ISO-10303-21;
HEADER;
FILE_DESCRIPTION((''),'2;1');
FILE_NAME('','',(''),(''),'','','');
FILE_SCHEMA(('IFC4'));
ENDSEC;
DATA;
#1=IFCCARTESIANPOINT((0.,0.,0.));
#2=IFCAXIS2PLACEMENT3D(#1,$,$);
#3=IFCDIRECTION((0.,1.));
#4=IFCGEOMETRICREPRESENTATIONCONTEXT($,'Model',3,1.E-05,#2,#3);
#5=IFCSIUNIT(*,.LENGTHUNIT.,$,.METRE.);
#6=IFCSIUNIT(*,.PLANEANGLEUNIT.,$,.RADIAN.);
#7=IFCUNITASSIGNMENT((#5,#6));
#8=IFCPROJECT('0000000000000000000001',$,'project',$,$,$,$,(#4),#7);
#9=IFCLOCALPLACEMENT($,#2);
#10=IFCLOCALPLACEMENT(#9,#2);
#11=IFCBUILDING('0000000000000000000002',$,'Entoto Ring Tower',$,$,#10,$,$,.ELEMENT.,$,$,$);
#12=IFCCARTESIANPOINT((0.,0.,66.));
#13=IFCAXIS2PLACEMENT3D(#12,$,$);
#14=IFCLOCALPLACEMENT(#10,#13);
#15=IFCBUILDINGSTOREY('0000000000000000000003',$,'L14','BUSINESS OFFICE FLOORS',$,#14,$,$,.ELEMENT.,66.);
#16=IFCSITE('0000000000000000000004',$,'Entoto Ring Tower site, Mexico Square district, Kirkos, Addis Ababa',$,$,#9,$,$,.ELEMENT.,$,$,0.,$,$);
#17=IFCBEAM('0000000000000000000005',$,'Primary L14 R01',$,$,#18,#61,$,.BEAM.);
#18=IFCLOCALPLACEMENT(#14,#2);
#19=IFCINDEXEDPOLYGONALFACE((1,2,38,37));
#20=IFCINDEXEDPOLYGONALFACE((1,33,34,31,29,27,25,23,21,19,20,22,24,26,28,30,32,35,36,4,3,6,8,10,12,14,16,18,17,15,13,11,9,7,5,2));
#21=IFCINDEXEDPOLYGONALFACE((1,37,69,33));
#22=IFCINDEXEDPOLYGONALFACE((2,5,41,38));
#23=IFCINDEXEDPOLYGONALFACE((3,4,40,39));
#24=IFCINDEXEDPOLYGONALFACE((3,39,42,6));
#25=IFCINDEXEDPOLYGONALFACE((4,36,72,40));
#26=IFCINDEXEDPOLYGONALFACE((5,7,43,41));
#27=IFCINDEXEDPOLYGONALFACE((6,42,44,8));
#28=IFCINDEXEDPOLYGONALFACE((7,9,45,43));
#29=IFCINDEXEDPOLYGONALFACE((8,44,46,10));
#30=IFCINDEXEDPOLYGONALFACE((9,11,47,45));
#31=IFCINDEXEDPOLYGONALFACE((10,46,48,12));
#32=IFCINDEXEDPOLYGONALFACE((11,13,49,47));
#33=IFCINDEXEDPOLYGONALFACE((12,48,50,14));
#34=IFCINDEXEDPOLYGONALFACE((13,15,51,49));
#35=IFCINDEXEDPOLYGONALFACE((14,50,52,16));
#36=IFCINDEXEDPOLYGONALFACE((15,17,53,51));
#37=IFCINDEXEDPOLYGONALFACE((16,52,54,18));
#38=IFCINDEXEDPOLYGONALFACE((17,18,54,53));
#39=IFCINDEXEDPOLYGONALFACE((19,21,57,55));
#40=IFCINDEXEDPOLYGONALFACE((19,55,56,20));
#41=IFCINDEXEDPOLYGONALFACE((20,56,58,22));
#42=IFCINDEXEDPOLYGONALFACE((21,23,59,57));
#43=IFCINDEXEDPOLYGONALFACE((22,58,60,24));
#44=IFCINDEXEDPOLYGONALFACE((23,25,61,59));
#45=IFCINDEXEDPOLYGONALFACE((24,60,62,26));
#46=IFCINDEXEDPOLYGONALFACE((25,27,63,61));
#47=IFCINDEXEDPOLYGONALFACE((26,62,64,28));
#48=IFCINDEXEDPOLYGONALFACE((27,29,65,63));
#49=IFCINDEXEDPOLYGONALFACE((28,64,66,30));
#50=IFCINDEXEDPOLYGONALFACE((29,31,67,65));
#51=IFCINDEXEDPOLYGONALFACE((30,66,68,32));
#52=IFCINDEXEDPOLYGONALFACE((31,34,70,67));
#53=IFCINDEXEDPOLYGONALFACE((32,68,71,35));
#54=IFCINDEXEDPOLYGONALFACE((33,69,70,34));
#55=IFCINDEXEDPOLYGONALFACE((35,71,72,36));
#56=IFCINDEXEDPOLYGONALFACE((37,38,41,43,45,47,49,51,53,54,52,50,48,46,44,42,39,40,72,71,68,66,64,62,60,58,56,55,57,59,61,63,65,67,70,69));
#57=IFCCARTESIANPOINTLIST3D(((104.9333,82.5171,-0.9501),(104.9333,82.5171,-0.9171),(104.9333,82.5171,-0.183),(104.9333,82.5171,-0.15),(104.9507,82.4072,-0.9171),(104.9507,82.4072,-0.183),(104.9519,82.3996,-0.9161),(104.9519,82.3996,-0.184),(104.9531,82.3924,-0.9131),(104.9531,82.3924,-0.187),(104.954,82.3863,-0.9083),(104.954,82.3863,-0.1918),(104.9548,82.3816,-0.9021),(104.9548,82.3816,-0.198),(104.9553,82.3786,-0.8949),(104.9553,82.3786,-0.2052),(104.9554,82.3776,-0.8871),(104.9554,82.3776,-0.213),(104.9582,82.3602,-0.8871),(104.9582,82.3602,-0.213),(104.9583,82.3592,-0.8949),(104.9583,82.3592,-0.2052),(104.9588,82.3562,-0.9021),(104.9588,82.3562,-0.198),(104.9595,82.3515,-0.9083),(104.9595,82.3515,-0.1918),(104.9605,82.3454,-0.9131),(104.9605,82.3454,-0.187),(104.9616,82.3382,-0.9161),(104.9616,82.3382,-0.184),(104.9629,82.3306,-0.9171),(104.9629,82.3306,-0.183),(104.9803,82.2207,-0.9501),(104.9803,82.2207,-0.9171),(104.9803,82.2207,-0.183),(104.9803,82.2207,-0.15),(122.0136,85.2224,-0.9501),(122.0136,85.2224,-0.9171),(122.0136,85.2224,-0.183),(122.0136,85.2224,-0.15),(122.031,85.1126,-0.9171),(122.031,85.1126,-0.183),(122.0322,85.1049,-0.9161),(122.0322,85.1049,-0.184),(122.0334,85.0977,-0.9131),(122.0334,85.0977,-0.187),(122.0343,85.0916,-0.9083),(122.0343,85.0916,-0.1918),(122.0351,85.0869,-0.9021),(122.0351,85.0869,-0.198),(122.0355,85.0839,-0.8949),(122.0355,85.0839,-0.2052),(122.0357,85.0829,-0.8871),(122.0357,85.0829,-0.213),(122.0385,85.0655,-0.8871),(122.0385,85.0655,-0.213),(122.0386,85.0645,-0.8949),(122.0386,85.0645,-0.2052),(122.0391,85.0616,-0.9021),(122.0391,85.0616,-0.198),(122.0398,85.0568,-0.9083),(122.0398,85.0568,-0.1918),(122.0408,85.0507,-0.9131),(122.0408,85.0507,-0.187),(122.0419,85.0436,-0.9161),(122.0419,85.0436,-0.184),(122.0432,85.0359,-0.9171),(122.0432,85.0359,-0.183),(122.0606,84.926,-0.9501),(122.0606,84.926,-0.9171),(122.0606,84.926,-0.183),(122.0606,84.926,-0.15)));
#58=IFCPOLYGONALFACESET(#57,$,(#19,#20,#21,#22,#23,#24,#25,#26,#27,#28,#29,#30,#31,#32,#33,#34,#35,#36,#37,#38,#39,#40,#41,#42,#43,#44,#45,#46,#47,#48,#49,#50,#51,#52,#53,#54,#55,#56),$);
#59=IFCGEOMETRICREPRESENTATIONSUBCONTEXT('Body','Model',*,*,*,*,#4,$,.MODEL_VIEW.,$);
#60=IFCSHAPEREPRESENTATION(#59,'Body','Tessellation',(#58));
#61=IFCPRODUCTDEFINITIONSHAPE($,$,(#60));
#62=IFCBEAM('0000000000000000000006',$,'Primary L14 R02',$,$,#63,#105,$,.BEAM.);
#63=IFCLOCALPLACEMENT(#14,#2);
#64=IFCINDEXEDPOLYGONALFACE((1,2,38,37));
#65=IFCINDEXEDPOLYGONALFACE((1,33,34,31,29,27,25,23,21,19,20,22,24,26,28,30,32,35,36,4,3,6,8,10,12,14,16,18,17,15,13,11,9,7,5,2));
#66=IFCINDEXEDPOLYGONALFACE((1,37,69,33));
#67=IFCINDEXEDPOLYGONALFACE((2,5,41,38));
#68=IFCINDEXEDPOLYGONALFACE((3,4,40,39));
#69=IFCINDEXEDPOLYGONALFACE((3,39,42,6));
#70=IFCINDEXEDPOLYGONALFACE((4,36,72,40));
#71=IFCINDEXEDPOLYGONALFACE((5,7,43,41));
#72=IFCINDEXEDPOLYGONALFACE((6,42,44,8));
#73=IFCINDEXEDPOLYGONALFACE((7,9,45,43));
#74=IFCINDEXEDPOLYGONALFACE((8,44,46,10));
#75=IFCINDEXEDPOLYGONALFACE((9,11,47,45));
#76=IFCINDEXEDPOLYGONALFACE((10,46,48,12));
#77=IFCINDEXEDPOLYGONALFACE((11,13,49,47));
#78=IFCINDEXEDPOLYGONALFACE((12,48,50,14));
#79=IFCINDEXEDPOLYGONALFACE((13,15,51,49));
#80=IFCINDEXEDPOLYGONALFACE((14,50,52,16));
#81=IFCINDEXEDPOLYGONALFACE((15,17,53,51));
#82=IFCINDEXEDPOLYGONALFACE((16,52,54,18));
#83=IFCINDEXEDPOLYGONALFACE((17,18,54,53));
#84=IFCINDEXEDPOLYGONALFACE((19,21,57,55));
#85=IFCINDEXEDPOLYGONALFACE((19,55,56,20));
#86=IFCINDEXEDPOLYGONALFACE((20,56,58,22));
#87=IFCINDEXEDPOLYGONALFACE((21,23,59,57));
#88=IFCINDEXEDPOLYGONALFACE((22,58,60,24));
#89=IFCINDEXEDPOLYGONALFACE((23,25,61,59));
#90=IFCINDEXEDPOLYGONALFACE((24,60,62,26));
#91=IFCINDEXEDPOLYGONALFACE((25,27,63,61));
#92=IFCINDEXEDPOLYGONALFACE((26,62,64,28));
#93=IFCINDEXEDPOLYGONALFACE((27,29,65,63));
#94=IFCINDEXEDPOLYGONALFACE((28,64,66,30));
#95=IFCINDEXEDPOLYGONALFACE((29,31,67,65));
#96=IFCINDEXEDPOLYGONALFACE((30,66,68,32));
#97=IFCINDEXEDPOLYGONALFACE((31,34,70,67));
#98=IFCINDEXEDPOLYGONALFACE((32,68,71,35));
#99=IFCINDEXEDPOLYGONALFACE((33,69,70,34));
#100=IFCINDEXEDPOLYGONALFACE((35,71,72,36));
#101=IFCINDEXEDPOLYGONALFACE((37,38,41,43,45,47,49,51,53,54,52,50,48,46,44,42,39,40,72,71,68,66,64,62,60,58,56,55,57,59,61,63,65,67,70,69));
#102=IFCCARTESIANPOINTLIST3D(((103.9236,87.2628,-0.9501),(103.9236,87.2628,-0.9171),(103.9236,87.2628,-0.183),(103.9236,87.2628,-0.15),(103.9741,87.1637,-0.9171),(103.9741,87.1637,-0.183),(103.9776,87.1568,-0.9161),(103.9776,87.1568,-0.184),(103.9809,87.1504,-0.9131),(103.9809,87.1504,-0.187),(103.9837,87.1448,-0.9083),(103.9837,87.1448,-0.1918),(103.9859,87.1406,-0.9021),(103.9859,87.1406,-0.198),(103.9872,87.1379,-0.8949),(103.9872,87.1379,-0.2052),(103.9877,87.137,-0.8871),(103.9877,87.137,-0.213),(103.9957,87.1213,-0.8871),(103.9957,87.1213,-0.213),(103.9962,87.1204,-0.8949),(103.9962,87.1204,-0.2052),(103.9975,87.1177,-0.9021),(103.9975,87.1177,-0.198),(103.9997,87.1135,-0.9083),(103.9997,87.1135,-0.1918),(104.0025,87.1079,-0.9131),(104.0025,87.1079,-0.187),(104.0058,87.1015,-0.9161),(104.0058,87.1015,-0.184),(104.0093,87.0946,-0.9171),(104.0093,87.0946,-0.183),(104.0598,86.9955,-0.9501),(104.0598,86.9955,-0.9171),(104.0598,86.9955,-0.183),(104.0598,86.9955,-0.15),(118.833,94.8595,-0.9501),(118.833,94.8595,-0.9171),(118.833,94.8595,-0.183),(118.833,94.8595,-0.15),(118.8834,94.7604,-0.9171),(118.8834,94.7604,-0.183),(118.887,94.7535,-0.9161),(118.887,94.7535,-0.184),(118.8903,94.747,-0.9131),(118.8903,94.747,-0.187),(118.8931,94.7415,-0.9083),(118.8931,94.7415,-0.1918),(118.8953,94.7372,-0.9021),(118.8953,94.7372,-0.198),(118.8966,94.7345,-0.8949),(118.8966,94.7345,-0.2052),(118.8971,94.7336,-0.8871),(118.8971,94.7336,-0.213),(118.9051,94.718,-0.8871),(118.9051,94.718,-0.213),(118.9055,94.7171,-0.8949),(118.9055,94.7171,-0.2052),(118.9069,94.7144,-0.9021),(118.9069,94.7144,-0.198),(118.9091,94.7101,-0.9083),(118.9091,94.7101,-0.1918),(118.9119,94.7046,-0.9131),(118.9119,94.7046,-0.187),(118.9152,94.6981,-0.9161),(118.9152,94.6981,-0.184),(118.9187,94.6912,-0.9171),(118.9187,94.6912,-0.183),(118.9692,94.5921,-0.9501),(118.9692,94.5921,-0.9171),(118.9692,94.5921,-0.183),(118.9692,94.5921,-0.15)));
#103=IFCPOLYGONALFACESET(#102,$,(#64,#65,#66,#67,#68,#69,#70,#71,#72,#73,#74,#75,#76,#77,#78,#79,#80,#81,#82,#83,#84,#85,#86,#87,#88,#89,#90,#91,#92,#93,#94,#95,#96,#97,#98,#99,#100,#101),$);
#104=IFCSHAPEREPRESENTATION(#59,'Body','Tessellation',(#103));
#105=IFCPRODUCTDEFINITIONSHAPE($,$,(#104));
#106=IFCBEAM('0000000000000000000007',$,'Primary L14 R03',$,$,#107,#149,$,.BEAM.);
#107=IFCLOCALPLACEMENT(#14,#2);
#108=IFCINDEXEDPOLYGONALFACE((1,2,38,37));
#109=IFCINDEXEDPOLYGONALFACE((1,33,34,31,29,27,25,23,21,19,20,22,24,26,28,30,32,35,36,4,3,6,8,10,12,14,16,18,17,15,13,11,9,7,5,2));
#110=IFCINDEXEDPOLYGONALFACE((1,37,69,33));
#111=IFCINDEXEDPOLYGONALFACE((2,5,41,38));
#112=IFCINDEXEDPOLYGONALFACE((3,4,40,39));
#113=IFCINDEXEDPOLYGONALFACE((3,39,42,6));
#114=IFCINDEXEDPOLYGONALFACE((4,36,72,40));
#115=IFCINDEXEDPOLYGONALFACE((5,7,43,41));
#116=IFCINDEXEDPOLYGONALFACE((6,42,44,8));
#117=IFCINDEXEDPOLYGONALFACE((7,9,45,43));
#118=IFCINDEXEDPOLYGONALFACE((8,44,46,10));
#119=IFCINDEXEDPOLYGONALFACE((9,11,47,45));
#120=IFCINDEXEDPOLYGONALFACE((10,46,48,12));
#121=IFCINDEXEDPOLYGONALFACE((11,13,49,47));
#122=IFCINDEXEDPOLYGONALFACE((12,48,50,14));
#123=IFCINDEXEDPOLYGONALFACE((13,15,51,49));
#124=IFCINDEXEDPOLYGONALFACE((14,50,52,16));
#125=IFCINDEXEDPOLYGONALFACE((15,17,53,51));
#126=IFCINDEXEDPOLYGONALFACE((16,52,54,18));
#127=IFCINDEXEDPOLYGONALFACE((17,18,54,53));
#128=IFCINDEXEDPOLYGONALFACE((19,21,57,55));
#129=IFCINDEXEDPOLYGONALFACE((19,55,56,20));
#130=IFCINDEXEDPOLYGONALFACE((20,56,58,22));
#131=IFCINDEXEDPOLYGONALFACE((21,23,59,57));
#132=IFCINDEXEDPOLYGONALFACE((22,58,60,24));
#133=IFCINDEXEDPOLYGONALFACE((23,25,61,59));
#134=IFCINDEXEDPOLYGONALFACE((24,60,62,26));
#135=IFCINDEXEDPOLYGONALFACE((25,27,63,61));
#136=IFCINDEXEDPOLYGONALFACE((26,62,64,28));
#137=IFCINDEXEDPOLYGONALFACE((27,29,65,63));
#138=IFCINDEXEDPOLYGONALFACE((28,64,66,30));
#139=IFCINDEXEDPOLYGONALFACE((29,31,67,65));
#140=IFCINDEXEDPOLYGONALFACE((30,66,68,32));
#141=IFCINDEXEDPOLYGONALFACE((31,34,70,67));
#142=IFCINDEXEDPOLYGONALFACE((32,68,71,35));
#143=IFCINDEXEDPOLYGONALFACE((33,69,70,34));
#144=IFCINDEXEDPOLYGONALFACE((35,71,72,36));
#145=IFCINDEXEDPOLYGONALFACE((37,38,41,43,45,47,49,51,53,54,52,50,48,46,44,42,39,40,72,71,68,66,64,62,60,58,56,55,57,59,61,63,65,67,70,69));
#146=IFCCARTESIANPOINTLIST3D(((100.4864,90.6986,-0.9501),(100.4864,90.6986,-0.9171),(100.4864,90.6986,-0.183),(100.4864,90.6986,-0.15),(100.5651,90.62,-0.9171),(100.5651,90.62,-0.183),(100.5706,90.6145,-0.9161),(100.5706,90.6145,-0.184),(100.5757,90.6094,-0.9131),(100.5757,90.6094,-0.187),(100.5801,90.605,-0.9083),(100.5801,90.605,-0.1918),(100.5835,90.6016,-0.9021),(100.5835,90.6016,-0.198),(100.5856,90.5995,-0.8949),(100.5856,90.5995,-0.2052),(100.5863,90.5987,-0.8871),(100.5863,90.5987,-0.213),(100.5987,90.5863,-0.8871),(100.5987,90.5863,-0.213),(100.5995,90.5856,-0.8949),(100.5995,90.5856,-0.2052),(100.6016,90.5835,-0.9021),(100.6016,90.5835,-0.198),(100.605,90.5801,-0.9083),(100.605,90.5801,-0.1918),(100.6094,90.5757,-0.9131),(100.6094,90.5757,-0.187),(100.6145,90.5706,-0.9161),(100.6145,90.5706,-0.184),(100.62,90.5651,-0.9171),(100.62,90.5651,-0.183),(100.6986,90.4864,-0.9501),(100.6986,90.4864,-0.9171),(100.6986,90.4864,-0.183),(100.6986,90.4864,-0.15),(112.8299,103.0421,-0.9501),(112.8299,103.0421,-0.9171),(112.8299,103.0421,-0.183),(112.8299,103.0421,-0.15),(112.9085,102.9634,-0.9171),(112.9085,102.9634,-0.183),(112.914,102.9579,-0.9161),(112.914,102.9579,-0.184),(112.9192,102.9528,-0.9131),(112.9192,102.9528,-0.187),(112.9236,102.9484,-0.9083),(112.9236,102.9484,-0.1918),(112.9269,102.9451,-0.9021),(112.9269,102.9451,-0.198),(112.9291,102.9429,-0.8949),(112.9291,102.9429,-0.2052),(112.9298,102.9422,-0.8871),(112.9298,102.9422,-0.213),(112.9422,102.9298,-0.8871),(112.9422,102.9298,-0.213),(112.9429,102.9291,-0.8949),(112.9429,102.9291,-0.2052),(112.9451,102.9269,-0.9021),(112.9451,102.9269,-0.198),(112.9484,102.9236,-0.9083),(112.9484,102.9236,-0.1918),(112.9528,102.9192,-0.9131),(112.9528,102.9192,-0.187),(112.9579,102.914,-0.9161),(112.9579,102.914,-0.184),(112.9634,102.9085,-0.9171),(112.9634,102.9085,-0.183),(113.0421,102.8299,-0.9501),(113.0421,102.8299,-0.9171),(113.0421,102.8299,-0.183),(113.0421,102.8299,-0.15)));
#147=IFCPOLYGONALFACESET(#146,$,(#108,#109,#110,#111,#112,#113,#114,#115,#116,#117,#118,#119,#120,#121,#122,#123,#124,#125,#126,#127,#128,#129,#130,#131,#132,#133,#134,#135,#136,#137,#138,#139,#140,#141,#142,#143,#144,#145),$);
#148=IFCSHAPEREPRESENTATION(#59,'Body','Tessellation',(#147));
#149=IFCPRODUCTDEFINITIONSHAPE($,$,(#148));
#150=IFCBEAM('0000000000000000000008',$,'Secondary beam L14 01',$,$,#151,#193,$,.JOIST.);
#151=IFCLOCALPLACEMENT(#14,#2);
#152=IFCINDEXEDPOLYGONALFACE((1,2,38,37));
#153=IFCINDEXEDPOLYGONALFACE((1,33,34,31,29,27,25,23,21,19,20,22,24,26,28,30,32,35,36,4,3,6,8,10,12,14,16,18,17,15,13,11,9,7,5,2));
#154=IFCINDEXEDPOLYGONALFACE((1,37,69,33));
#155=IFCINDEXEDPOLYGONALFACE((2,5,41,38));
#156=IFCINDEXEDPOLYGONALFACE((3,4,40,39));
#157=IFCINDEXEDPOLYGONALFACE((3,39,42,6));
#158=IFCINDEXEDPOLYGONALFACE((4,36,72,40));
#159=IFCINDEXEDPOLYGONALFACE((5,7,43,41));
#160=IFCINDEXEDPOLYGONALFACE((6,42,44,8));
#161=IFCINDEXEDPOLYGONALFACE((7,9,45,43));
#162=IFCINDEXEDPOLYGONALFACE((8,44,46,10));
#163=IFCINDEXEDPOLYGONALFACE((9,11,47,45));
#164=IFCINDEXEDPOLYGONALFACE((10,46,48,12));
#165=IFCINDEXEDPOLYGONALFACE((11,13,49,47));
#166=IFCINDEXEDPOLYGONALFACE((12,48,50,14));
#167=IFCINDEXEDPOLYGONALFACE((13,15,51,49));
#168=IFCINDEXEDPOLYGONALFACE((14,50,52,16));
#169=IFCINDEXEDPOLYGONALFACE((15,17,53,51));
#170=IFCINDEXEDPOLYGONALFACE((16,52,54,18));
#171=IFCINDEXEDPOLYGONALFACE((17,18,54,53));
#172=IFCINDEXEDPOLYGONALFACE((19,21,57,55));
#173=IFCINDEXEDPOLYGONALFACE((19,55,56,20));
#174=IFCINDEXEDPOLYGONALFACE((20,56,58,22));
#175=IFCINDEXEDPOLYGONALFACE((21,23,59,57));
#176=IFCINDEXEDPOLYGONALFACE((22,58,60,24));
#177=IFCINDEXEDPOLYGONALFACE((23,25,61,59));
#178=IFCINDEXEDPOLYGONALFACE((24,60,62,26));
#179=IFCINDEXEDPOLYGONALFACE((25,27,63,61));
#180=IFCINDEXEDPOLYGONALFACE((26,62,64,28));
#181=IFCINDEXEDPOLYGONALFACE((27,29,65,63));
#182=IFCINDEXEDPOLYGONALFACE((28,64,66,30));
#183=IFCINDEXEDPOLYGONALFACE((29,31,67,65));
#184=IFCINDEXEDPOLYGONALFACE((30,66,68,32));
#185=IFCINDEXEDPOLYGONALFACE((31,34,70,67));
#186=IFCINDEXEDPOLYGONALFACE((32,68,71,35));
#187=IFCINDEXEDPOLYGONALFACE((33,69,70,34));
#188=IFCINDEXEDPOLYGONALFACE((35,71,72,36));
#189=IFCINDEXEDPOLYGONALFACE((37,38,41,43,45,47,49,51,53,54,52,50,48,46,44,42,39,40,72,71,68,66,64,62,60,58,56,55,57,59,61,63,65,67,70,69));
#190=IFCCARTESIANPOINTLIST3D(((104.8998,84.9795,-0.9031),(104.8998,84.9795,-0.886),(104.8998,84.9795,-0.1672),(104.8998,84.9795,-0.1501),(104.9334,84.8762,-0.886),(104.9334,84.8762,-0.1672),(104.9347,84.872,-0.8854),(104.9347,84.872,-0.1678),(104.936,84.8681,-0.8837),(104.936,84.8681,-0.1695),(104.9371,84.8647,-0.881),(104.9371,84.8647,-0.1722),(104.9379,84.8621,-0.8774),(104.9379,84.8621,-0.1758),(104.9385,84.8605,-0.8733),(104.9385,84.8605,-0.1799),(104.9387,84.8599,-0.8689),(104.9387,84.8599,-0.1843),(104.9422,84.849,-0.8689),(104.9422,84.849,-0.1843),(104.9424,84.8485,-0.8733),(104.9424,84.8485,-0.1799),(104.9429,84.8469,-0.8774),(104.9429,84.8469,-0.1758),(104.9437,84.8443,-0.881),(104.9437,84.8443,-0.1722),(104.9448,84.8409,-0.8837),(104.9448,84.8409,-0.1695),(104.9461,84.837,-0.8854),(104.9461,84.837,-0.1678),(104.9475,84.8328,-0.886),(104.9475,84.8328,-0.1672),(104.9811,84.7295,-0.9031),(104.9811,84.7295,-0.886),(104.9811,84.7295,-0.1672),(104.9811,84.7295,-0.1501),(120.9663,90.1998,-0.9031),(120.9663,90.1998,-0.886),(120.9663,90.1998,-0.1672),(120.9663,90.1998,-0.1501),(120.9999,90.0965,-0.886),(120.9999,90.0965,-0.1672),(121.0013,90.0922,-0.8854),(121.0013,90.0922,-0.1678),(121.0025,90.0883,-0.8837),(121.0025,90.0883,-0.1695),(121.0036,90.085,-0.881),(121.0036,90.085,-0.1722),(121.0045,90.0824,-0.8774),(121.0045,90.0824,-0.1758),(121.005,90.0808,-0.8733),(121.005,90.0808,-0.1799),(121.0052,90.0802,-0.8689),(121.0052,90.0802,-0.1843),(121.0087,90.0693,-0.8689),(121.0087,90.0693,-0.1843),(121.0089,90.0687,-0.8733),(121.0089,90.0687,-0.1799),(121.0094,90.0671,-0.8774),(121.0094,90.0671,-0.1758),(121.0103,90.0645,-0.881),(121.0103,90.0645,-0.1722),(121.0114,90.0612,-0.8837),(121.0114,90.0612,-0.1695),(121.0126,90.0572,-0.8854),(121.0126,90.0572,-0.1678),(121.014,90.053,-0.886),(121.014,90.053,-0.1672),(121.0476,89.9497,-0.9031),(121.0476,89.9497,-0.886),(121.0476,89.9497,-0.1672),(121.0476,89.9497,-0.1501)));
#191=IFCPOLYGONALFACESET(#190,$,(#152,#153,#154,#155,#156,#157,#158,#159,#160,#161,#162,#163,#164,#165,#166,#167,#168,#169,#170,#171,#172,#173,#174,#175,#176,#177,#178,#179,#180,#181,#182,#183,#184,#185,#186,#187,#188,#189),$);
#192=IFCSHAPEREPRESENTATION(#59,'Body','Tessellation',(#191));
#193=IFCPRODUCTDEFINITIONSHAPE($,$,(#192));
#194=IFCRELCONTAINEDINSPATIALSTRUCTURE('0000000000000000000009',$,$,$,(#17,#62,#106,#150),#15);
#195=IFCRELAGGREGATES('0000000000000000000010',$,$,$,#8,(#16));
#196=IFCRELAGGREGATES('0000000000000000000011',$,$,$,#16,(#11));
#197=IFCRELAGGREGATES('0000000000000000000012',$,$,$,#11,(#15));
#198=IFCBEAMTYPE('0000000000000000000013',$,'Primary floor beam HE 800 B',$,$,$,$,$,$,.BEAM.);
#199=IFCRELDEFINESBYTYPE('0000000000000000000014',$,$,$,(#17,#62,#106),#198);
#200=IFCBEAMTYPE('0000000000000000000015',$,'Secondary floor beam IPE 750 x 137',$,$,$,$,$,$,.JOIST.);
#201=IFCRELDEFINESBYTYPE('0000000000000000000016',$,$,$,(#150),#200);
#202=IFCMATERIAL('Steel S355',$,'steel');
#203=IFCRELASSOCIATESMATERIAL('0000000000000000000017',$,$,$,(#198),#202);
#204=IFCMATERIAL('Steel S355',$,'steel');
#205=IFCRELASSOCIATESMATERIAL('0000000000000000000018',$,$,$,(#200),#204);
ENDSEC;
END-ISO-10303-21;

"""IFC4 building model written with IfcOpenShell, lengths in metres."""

from ifc_helpers import new_model, si_unit, direction, frame, origin, origin_2d, place, context, subcontext, project, spatial, i_section, extrude, material, material_profile, profile_set, type_object, element, save


model = new_model("IFC4")

# Units and contexts
model_context = context("Model", 3, precision=1e-05, world=origin(), true_north=direction((0.0, 1.0)))
body_context = subcontext(model_context, "Body", "Model", "MODEL_VIEW")
ifc_project = project(units=[si_unit("LENGTHUNIT", "METRE"), si_unit("PLANEANGLEUNIT", "RADIAN")], contexts=[model_context])

# Site, building, storey
site_placement = place(None, origin())
site = spatial("IfcSite", under=ifc_project, at=site_placement, Name="Entoto Ring Tower site, Mexico Square district, Kirkos, Addis Ababa", CompositionType="ELEMENT", RefElevation=0.0)
building_placement = place(site_placement, origin())
building = spatial("IfcBuilding", under=site, at=building_placement, Name="Entoto Ring Tower", CompositionType="ELEMENT")
storey_placement = place(building_placement, frame((0.0, 0.0, 66.0)))
storey = spatial("IfcBuildingStorey", under=building, at=storey_placement, Name="L14", Description="BUSINESS OFFICE FLOORS", CompositionType="ELEMENT", Elevation=66.0)

# Beams
ifc_material_1 = material(Name="Steel S355", Category="steel")
ifc_material_profile_1 = material_profile(ifc_material_1, i_section(OverallWidth=0.3, OverallDepth=0.8, WebThickness=0.0176, FlangeThickness=0.033, FilletRadius=0.03, at=origin_2d()), Name="HE 800 B")
ifc_profile_set_1 = profile_set([ifc_material_profile_1], Name="Steel S355")
beam_type_1 = type_object("IfcBeamType", Name="Primary floor beam HE 800 B", PredefinedType="BEAM", material=ifc_profile_set_1)
beam_1_placement = place(storey_placement, frame((104.9568, 82.3689, -0.55), z_axis=(0.987688, 0.156438, 0.0), x_axis=(-0.156438, 0.987688, 0.0)))
element("IfcBeam", 1, at=beam_1_placement, inside=storey, type_object=beam_type_1, Name="Primary L14 R01", PredefinedType="BEAM", context=body_context, shape_type="SweptSolid", body=[
    extrude(i_section(OverallWidth=0.3, OverallDepth=0.8, WebThickness=0.0176, FlangeThickness=0.033, FilletRadius=0.03, at=origin_2d()), origin(), (0.0, 0.0, 1.0), 17.2932),
])
beam_2_placement = place(storey_placement, frame((103.9917, 87.1292, -0.55), z_axis=(0.891008, 0.453988, 0.0), x_axis=(-0.453988, 0.891008, 0.0)))
element("IfcBeam", 2, at=beam_2_placement, inside=storey, type_object=beam_type_1, Name="Primary L14 R02", PredefinedType="BEAM", context=body_context, shape_type="SweptSolid", body=[
    extrude(i_section(OverallWidth=0.3, OverallDepth=0.8, WebThickness=0.0176, FlangeThickness=0.033, FilletRadius=0.03, at=origin_2d()), origin(), (0.0, 0.0, 1.0), 16.7332),
])
beam_3_placement = place(storey_placement, frame((100.5925, 90.5925, -0.55), z_axis=(0.707107, 0.707107, 0.0), x_axis=(-0.707107, 0.707107, 0.0)))
element("IfcBeam", 3, at=beam_3_placement, inside=storey, type_object=beam_type_1, Name="Primary L14 R03", PredefinedType="BEAM", context=body_context, shape_type="SweptSolid", body=[
    extrude(i_section(OverallWidth=0.3, OverallDepth=0.8, WebThickness=0.0176, FlangeThickness=0.033, FilletRadius=0.03, at=origin_2d()), origin(), (0.0, 0.0, 1.0), 17.4563),
])
ifc_material_2 = material(Name="Steel S355", Category="steel")
ifc_material_profile_2 = material_profile(ifc_material_2, i_section(OverallWidth=0.2629, OverallDepth=0.7529, WebThickness=0.0115, FlangeThickness=0.0171, FilletRadius=0.0171, at=origin_2d()), Name="IPE 750 x 137")
ifc_profile_set_2 = profile_set([ifc_material_profile_2], Name="Steel S355")
beam_type_2 = type_object("IfcBeamType", Name="Secondary floor beam IPE 750 x 137", PredefinedType="JOIST", material=ifc_profile_set_2)
beam_4_placement = place(storey_placement, frame((104.9404, 84.8545, -0.5266), z_axis=(0.951058, 0.309013, 0.0), x_axis=(-0.309013, 0.951058, 0.0)))
element("IfcBeam", 4, at=beam_4_placement, inside=storey, type_object=beam_type_2, Name="Secondary beam L14 01", PredefinedType="JOIST", context=body_context, shape_type="SweptSolid", body=[
    extrude(i_section(OverallWidth=0.2629, OverallDepth=0.7529, WebThickness=0.0115, FlangeThickness=0.0171, FilletRadius=0.0171, at=origin_2d()), origin(), (0.0, 0.0, 1.0), 16.8933),
])

save(model, "model.ifc")
